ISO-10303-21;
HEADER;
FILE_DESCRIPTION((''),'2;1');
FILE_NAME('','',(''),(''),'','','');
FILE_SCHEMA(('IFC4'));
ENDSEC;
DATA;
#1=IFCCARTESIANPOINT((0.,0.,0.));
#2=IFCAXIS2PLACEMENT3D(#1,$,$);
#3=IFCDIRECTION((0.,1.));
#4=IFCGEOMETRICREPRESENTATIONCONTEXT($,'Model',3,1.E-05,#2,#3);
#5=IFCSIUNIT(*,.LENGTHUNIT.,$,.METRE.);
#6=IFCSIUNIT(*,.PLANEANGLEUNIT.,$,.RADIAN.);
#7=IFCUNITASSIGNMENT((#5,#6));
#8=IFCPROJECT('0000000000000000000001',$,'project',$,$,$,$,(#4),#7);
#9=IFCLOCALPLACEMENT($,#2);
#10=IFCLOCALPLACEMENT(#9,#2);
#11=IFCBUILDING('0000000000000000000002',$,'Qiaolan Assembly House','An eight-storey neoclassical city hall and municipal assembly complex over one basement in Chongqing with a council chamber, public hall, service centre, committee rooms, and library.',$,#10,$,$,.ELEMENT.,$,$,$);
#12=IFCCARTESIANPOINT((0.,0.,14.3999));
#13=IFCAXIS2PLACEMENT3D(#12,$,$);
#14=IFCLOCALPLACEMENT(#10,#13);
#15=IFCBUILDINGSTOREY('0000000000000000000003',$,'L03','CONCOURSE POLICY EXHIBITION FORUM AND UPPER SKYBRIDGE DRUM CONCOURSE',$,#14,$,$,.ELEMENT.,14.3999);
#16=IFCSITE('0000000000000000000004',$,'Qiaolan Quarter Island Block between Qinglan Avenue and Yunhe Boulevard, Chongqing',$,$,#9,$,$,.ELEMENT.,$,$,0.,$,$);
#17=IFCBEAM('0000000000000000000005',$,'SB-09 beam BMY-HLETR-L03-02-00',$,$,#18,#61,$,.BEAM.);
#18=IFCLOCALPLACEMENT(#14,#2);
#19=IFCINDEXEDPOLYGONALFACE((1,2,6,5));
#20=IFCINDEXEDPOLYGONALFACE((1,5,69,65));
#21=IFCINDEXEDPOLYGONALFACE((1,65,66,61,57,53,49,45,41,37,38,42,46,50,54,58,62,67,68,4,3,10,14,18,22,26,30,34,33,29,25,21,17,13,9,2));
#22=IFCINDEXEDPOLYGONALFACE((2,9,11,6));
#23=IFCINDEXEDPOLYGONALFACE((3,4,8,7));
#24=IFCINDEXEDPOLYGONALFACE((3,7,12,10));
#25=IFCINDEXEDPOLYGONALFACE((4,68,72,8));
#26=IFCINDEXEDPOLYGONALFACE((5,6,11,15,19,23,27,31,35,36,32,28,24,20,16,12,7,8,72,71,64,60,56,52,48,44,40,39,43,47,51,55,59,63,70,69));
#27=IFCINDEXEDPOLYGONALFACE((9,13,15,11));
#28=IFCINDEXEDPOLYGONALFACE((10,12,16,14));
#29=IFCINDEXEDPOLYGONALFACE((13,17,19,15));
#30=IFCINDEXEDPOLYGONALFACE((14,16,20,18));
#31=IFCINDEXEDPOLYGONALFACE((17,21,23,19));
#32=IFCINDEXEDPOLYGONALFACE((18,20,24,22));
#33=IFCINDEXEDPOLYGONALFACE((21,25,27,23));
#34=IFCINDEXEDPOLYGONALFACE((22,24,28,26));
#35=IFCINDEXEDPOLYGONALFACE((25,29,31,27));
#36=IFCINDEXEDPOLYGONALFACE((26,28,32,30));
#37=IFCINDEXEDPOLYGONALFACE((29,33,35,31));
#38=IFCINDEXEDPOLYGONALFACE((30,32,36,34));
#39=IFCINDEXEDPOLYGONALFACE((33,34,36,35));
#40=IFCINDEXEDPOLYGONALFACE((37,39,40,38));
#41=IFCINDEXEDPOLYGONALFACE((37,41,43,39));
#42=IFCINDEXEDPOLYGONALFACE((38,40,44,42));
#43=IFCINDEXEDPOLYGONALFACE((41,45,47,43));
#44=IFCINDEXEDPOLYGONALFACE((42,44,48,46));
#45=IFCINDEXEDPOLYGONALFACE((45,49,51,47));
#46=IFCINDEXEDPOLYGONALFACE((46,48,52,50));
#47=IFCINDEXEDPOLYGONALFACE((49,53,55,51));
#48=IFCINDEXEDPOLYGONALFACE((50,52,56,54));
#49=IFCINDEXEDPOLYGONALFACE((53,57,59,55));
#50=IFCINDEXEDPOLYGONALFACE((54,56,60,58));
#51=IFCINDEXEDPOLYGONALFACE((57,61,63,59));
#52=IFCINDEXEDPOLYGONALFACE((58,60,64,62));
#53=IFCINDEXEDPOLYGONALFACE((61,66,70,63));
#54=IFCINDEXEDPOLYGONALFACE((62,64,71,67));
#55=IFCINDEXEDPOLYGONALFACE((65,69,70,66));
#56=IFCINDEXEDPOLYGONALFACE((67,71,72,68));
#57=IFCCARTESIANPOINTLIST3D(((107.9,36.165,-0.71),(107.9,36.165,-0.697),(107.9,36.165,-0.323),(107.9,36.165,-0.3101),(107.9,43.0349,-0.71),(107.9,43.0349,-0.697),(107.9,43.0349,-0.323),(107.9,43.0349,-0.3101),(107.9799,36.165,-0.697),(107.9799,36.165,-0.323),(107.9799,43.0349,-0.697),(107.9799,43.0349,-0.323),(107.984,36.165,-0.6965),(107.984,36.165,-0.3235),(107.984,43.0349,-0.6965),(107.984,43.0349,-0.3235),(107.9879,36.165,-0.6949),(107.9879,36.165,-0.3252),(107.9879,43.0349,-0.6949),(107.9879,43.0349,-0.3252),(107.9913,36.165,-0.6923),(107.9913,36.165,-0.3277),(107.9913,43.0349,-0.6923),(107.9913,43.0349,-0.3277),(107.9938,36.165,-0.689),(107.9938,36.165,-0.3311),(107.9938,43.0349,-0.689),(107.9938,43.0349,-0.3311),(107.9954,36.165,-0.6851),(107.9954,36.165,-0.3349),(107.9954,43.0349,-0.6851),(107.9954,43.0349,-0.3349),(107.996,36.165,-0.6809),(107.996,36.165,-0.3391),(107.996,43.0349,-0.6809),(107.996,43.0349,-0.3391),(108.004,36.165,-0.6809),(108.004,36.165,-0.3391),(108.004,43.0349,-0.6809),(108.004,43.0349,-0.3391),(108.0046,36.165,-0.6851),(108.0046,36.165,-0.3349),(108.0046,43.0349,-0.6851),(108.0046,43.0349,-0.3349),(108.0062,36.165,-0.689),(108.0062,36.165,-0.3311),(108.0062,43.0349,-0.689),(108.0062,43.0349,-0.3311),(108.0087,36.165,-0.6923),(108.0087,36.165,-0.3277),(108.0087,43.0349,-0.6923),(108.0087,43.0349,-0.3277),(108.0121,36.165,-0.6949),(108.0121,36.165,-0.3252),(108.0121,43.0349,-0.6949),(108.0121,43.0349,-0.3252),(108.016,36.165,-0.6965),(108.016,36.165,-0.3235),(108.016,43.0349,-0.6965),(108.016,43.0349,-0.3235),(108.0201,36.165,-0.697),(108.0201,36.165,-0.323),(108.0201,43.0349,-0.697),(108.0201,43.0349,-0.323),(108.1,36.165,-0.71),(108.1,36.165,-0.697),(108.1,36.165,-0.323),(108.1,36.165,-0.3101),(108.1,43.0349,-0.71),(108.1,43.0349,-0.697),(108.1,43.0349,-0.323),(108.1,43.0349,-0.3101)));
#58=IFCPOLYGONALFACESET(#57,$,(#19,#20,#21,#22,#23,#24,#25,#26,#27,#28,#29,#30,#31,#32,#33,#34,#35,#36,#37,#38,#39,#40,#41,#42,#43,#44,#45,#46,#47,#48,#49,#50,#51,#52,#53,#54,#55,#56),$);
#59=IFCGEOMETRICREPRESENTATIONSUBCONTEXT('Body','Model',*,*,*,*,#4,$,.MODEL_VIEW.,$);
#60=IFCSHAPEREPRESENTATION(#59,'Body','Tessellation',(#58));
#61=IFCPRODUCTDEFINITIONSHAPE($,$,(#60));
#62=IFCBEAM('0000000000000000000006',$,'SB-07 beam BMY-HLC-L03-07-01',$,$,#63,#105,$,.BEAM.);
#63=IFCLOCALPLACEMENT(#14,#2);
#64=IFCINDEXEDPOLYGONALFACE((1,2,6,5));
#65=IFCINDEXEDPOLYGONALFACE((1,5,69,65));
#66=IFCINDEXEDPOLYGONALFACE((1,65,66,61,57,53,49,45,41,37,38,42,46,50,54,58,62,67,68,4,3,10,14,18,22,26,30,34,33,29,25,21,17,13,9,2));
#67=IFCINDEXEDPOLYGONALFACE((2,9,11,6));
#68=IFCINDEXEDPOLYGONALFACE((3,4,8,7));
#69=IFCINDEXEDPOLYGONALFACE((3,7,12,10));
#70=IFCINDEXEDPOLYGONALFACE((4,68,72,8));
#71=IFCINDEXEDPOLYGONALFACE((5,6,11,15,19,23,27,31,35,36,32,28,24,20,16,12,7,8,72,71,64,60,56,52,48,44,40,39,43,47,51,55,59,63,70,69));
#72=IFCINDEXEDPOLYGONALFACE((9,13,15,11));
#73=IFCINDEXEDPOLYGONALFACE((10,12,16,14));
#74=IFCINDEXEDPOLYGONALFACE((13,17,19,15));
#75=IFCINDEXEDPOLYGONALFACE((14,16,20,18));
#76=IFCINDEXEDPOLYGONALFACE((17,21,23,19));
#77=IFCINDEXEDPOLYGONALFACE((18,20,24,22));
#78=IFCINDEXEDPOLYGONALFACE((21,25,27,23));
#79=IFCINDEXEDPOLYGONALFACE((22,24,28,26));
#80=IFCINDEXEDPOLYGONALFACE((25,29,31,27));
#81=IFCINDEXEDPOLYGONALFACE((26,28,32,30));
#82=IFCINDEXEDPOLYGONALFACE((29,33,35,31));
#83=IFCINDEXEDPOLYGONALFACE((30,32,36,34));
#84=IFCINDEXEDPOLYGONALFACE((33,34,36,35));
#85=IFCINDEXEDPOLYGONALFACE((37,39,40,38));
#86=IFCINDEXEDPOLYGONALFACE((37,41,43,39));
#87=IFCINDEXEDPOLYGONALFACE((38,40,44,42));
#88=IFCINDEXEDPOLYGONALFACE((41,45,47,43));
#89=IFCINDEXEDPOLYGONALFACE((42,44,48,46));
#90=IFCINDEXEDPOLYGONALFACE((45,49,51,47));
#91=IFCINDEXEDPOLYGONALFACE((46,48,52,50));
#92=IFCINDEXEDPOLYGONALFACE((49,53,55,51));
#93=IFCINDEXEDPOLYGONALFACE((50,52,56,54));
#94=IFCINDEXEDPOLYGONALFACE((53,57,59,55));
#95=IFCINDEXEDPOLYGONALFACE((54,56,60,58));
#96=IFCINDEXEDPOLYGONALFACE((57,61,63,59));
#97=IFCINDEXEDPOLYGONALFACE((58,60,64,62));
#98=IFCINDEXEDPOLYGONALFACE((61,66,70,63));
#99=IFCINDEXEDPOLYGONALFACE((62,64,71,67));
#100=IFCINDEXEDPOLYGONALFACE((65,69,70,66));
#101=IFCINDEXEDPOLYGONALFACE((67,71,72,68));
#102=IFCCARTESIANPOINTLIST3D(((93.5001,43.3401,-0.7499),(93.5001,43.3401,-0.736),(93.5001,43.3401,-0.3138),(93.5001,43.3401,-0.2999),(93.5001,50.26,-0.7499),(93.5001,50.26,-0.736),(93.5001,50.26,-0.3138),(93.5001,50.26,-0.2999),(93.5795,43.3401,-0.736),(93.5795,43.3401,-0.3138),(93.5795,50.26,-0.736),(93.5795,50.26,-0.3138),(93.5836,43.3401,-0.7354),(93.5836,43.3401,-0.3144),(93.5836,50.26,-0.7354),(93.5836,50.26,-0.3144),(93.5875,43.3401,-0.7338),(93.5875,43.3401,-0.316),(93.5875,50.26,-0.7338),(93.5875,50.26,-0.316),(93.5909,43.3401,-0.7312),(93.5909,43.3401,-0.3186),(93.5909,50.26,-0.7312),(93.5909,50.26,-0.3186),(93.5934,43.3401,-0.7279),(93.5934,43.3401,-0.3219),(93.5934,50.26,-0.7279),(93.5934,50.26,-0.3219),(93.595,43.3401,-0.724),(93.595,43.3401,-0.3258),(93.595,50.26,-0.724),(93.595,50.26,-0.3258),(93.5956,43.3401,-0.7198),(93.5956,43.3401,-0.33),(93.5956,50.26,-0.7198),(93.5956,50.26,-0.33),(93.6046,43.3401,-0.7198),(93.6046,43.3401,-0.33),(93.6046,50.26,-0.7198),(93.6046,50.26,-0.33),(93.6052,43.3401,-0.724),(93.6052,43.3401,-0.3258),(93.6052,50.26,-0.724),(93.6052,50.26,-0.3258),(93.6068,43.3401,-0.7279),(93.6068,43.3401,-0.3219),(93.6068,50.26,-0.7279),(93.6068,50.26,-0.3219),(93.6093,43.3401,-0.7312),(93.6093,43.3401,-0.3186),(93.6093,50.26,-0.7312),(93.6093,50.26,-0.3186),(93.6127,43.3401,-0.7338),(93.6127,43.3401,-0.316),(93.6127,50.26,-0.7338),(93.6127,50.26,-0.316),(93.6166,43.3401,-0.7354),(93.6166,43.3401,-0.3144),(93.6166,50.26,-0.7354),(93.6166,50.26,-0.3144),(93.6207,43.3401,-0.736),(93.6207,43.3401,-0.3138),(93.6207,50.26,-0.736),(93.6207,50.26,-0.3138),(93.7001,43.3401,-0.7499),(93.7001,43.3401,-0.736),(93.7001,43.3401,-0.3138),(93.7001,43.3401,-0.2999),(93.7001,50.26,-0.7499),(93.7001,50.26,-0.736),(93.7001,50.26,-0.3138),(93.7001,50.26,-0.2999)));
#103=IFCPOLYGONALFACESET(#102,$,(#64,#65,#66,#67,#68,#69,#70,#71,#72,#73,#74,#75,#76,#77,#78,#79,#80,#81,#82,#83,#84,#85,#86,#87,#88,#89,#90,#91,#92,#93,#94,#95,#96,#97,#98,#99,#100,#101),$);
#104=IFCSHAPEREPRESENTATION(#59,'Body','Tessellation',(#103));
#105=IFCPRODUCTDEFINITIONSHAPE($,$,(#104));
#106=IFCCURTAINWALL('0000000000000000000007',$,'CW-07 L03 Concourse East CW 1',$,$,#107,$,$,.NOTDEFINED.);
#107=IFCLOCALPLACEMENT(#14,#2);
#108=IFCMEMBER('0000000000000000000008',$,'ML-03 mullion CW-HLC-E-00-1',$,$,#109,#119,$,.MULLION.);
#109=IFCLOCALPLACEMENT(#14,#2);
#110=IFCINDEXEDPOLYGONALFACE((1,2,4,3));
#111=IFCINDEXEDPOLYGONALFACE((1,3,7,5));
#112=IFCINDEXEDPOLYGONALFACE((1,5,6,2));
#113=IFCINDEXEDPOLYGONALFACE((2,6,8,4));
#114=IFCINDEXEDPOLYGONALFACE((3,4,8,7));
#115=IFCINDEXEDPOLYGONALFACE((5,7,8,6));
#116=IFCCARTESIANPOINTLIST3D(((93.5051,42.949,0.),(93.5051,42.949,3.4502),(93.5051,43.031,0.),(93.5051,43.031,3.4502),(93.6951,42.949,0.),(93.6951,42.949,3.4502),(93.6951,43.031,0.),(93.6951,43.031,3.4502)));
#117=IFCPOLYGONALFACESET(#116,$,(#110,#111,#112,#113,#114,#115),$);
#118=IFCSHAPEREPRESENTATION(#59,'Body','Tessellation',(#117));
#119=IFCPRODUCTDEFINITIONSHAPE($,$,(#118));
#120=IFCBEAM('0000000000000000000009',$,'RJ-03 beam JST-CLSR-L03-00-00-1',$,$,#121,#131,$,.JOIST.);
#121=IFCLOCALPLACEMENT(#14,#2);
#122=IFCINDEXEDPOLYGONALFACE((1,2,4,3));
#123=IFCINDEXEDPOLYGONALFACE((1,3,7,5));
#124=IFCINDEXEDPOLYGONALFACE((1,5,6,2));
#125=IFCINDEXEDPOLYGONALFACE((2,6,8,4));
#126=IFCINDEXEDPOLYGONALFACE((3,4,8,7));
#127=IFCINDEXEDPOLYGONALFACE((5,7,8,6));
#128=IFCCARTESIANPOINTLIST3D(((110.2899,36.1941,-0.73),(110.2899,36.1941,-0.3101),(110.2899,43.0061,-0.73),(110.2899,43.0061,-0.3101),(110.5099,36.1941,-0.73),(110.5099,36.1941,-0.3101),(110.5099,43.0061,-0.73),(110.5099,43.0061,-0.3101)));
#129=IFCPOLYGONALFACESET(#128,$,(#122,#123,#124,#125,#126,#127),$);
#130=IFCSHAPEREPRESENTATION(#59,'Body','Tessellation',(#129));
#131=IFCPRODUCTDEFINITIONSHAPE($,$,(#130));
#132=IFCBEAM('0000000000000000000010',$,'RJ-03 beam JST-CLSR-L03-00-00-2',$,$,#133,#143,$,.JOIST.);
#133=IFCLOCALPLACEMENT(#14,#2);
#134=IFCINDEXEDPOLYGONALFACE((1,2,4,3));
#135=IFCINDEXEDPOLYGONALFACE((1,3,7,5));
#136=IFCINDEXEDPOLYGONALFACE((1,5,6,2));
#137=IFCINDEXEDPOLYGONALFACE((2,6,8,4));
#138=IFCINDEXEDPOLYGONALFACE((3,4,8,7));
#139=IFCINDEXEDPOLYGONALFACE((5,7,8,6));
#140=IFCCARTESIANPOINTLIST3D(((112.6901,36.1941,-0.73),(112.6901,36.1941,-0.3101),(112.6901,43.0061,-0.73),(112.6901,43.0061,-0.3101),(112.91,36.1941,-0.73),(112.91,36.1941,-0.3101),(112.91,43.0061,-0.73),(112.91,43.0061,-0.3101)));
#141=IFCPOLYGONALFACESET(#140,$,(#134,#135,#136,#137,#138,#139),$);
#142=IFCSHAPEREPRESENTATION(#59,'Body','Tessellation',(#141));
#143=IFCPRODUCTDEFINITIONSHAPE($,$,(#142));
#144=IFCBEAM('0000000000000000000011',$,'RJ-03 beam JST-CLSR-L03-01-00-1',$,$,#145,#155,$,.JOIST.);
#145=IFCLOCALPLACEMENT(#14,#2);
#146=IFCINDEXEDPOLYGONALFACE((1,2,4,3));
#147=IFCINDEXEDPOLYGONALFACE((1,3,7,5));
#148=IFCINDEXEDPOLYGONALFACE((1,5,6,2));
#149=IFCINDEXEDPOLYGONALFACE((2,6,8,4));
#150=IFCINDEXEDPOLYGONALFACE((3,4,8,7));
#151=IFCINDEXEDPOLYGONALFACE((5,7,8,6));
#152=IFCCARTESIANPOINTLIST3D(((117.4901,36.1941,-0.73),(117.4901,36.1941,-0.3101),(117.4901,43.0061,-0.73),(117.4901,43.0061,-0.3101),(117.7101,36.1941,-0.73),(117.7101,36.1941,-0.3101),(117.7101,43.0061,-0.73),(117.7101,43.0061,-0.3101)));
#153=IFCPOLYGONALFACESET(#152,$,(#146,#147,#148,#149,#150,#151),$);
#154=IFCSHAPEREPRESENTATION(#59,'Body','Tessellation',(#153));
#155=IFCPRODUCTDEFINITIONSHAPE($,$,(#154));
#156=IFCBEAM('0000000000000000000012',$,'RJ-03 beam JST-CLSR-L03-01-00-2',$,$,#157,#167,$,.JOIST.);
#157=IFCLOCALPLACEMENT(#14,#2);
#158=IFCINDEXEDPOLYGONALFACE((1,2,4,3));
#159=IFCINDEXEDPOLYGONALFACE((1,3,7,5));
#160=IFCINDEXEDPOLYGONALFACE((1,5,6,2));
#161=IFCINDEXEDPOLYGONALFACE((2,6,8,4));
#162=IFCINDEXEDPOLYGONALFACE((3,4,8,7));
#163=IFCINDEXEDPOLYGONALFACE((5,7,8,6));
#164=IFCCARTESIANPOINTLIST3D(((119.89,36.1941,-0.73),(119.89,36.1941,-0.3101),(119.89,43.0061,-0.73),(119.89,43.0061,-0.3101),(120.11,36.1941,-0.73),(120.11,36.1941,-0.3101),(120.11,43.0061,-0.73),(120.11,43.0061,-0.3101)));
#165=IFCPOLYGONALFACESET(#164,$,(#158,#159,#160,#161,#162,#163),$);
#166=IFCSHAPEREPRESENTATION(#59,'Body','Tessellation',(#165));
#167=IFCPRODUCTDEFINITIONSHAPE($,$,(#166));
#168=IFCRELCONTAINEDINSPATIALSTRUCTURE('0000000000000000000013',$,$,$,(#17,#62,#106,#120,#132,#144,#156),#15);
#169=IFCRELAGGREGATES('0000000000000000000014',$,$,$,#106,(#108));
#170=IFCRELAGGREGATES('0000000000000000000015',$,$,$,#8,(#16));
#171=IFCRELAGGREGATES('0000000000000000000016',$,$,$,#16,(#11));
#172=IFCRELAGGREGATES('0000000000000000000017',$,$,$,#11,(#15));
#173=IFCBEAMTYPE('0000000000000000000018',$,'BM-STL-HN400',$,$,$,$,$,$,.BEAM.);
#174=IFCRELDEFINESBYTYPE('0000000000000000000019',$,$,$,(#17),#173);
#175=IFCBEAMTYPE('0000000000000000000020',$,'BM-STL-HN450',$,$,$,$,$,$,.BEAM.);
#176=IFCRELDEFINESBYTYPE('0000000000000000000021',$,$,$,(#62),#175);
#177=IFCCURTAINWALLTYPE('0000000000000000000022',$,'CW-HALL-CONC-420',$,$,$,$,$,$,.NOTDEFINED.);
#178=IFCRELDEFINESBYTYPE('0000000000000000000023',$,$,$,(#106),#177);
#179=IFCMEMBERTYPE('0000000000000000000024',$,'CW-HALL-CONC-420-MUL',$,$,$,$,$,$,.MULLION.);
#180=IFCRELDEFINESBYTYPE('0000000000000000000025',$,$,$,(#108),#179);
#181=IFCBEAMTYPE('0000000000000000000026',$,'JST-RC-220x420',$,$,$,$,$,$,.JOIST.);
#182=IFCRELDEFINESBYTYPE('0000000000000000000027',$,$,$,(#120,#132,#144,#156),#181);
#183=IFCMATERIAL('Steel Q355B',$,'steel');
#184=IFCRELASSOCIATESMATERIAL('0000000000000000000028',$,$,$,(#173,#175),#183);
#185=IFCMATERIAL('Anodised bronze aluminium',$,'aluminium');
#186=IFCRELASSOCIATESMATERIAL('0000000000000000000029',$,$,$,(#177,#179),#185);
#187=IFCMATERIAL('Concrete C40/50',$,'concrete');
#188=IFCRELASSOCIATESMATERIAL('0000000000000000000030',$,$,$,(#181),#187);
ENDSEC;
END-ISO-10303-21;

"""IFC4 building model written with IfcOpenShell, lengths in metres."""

from ifc_helpers import new_model, si_unit, direction, frame, origin, origin_2d, place, context, subcontext, project, spatial, rectangle, i_section, extrude, material, material_profile, profile_set, type_object, element, aggregate, save


model = new_model("IFC4")

# Units and contexts
model_context = context("Model", 3, precision=1e-05, world=origin(), true_north=direction((0.0, 1.0)))
body_context = subcontext(model_context, "Body", "Model", "MODEL_VIEW")
ifc_project = project(units=[si_unit("LENGTHUNIT", "METRE"), si_unit("PLANEANGLEUNIT", "RADIAN")], contexts=[model_context])

# Site, building, storey
site_placement = place(None, origin())
site = spatial("IfcSite", under=ifc_project, at=site_placement, Name="Qiaolan Quarter Island Block between Qinglan Avenue and Yunhe Boulevard, Chongqing", CompositionType="ELEMENT", RefElevation=0.0)
building_placement = place(site_placement, origin())
building = spatial("IfcBuilding", under=site, at=building_placement, Name="Qiaolan Assembly House", Description="An eight-storey neoclassical city hall and municipal assembly complex over one basement in Chongqing with a council chamber, public hall, service centre, committee rooms, and library.", CompositionType="ELEMENT")
storey_placement = place(building_placement, frame((0.0, 0.0, 14.3999)))
storey = spatial("IfcBuildingStorey", under=building, at=storey_placement, Name="L03", Description="CONCOURSE POLICY EXHIBITION FORUM AND UPPER SKYBRIDGE DRUM CONCOURSE", CompositionType="ELEMENT", Elevation=14.3999)

# Shared definitions
ifc_material_1 = material(Name="Steel Q355B", Category="steel")

# Beams
ifc_material_2 = material(Name="Concrete C40/50", Category="concrete")
ifc_material_profile_1 = material_profile(ifc_material_1, i_section(OverallWidth=0.2, OverallDepth=0.3999, WebThickness=0.0081, FlangeThickness=0.0129, FilletRadius=0.0161, at=origin_2d()), Name="HN 400x200x8x13")
ifc_profile_set_1 = profile_set([ifc_material_profile_1], Name="Steel Q355B")
beam_type_1 = type_object("IfcBeamType", Name="BM-STL-HN400", PredefinedType="BEAM", material=ifc_profile_set_1)
beam_1_placement = place(storey_placement, frame((108.0, 36.165, -0.51), z_axis=(0.0, 1.0, 0.0), x_axis=(-1.0, 0.0, 0.0)))
element("IfcBeam", 1, at=beam_1_placement, inside=storey, type_object=beam_type_1, Name="SB-09 beam BMY-HLETR-L03-02-00", PredefinedType="BEAM", context=body_context, shape_type="SweptSolid", body=[
    extrude(i_section(OverallWidth=0.2, OverallDepth=0.3999, WebThickness=0.0081, FlangeThickness=0.0129, FilletRadius=0.0161, at=origin_2d()), origin(), (0.0, 0.0, 1.0), 6.8699),
])
ifc_material_profile_2 = material_profile(ifc_material_1, i_section(OverallWidth=0.2, OverallDepth=0.45, WebThickness=0.009, FlangeThickness=0.0139, FilletRadius=0.0161, at=origin_2d()), Name="HN 450x200x9x14")
ifc_profile_set_2 = profile_set([ifc_material_profile_2], Name="Steel Q355B")
beam_type_2 = type_object("IfcBeamType", Name="BM-STL-HN450", PredefinedType="BEAM", material=ifc_profile_set_2)
beam_2_placement = place(storey_placement, frame((93.6001, 43.3401, -0.5249), z_axis=(0.0, 1.0, 0.0), x_axis=(-1.0, 0.0, 0.0)))
element("IfcBeam", 2, at=beam_2_placement, inside=storey, type_object=beam_type_2, Name="SB-07 beam BMY-HLC-L03-07-01", PredefinedType="BEAM", context=body_context, shape_type="SweptSolid", body=[
    extrude(i_section(OverallWidth=0.2, OverallDepth=0.45, WebThickness=0.009, FlangeThickness=0.0139, FilletRadius=0.0161, at=origin_2d()), origin(), (0.0, 0.0, 1.0), 6.9199),
])

# Curtain wall, member
ifc_material_3 = material(Name="Anodised bronze aluminium", Category="aluminium")
curtain_wall_type = type_object("IfcCurtainWallType", Name="CW-HALL-CONC-420", PredefinedType="NOTDEFINED", material=ifc_material_3)
curtain_wall_placement = place(storey_placement, origin())
curtain_wall = element("IfcCurtainWall", 3, at=curtain_wall_placement, inside=storey, type_object=curtain_wall_type, Name="CW-07 L03 Concourse East CW 1", PredefinedType="NOTDEFINED")
ifc_material_profile_3 = material_profile(ifc_material_3, rectangle(XDim=0.082, YDim=0.1899, at=origin_2d()), Name="MUL 82x190")
ifc_profile_set_3 = profile_set([ifc_material_profile_3], Name="Anodised bronze aluminium")
member_type_1 = type_object("IfcMemberType", Name="CW-HALL-CONC-420-MUL", PredefinedType="MULLION", material=ifc_profile_set_3)
member_placement = place(storey_placement, frame((93.6001, 42.99, 0.0), z_axis=(0.0, 0.0, 1.0), x_axis=(0.0, -1.0, 0.0)))
member = element("IfcMember", 4, at=member_placement, type_object=member_type_1, Name="ML-03 mullion CW-HLC-E-00-1", PredefinedType="MULLION", context=body_context, shape_type="SweptSolid", body=[
    extrude(rectangle(XDim=0.082, YDim=0.1899, at=origin_2d()), origin(), (0.0, 0.0, 1.0), 3.4502),
])

# Beams
ifc_material_profile_4 = material_profile(ifc_material_2, rectangle(XDim=0.22, YDim=0.4199, at=origin_2d()), Name="RCB 220x420")
ifc_profile_set_4 = profile_set([ifc_material_profile_4], Name="Concrete C40/50")
beam_type_3 = type_object("IfcBeamType", Name="JST-RC-220x420", PredefinedType="JOIST", material=ifc_profile_set_4)
for number, where, z_axis, x_axis, name in (
    (5, (110.3999, 36.1941, -0.52), (0.0, 1.0, 0.0), (-1.0, 0.0, 0.0), "RJ-03 beam JST-CLSR-L03-00-00-1"),
    (6, (112.8, 36.1941, -0.52), (0.0, 1.0, 0.0), (-1.0, 0.0, 0.0), "RJ-03 beam JST-CLSR-L03-00-00-2"),
    (7, (117.6001, 36.1941, -0.52), (0.0, 1.0, 0.0), (-1.0, 0.0, 0.0), "RJ-03 beam JST-CLSR-L03-01-00-1"),
    (8, (120.0, 36.1941, -0.52), (0.0, 1.0, 0.0), (-1.0, 0.0, 0.0), "RJ-03 beam JST-CLSR-L03-01-00-2"),
):
    element("IfcBeam", number, at=place(storey_placement, frame(where, z_axis=z_axis, x_axis=x_axis)), inside=storey, type_object=beam_type_3, Name=name, PredefinedType="JOIST", context=body_context, shape_type="SweptSolid", body=[
        extrude(rectangle(XDim=0.22, YDim=0.4199, at=origin_2d()), origin(), (0.0, 0.0, 1.0), 6.812),
    ])

aggregate(curtain_wall, [member])

save(model, "model.ifc")
